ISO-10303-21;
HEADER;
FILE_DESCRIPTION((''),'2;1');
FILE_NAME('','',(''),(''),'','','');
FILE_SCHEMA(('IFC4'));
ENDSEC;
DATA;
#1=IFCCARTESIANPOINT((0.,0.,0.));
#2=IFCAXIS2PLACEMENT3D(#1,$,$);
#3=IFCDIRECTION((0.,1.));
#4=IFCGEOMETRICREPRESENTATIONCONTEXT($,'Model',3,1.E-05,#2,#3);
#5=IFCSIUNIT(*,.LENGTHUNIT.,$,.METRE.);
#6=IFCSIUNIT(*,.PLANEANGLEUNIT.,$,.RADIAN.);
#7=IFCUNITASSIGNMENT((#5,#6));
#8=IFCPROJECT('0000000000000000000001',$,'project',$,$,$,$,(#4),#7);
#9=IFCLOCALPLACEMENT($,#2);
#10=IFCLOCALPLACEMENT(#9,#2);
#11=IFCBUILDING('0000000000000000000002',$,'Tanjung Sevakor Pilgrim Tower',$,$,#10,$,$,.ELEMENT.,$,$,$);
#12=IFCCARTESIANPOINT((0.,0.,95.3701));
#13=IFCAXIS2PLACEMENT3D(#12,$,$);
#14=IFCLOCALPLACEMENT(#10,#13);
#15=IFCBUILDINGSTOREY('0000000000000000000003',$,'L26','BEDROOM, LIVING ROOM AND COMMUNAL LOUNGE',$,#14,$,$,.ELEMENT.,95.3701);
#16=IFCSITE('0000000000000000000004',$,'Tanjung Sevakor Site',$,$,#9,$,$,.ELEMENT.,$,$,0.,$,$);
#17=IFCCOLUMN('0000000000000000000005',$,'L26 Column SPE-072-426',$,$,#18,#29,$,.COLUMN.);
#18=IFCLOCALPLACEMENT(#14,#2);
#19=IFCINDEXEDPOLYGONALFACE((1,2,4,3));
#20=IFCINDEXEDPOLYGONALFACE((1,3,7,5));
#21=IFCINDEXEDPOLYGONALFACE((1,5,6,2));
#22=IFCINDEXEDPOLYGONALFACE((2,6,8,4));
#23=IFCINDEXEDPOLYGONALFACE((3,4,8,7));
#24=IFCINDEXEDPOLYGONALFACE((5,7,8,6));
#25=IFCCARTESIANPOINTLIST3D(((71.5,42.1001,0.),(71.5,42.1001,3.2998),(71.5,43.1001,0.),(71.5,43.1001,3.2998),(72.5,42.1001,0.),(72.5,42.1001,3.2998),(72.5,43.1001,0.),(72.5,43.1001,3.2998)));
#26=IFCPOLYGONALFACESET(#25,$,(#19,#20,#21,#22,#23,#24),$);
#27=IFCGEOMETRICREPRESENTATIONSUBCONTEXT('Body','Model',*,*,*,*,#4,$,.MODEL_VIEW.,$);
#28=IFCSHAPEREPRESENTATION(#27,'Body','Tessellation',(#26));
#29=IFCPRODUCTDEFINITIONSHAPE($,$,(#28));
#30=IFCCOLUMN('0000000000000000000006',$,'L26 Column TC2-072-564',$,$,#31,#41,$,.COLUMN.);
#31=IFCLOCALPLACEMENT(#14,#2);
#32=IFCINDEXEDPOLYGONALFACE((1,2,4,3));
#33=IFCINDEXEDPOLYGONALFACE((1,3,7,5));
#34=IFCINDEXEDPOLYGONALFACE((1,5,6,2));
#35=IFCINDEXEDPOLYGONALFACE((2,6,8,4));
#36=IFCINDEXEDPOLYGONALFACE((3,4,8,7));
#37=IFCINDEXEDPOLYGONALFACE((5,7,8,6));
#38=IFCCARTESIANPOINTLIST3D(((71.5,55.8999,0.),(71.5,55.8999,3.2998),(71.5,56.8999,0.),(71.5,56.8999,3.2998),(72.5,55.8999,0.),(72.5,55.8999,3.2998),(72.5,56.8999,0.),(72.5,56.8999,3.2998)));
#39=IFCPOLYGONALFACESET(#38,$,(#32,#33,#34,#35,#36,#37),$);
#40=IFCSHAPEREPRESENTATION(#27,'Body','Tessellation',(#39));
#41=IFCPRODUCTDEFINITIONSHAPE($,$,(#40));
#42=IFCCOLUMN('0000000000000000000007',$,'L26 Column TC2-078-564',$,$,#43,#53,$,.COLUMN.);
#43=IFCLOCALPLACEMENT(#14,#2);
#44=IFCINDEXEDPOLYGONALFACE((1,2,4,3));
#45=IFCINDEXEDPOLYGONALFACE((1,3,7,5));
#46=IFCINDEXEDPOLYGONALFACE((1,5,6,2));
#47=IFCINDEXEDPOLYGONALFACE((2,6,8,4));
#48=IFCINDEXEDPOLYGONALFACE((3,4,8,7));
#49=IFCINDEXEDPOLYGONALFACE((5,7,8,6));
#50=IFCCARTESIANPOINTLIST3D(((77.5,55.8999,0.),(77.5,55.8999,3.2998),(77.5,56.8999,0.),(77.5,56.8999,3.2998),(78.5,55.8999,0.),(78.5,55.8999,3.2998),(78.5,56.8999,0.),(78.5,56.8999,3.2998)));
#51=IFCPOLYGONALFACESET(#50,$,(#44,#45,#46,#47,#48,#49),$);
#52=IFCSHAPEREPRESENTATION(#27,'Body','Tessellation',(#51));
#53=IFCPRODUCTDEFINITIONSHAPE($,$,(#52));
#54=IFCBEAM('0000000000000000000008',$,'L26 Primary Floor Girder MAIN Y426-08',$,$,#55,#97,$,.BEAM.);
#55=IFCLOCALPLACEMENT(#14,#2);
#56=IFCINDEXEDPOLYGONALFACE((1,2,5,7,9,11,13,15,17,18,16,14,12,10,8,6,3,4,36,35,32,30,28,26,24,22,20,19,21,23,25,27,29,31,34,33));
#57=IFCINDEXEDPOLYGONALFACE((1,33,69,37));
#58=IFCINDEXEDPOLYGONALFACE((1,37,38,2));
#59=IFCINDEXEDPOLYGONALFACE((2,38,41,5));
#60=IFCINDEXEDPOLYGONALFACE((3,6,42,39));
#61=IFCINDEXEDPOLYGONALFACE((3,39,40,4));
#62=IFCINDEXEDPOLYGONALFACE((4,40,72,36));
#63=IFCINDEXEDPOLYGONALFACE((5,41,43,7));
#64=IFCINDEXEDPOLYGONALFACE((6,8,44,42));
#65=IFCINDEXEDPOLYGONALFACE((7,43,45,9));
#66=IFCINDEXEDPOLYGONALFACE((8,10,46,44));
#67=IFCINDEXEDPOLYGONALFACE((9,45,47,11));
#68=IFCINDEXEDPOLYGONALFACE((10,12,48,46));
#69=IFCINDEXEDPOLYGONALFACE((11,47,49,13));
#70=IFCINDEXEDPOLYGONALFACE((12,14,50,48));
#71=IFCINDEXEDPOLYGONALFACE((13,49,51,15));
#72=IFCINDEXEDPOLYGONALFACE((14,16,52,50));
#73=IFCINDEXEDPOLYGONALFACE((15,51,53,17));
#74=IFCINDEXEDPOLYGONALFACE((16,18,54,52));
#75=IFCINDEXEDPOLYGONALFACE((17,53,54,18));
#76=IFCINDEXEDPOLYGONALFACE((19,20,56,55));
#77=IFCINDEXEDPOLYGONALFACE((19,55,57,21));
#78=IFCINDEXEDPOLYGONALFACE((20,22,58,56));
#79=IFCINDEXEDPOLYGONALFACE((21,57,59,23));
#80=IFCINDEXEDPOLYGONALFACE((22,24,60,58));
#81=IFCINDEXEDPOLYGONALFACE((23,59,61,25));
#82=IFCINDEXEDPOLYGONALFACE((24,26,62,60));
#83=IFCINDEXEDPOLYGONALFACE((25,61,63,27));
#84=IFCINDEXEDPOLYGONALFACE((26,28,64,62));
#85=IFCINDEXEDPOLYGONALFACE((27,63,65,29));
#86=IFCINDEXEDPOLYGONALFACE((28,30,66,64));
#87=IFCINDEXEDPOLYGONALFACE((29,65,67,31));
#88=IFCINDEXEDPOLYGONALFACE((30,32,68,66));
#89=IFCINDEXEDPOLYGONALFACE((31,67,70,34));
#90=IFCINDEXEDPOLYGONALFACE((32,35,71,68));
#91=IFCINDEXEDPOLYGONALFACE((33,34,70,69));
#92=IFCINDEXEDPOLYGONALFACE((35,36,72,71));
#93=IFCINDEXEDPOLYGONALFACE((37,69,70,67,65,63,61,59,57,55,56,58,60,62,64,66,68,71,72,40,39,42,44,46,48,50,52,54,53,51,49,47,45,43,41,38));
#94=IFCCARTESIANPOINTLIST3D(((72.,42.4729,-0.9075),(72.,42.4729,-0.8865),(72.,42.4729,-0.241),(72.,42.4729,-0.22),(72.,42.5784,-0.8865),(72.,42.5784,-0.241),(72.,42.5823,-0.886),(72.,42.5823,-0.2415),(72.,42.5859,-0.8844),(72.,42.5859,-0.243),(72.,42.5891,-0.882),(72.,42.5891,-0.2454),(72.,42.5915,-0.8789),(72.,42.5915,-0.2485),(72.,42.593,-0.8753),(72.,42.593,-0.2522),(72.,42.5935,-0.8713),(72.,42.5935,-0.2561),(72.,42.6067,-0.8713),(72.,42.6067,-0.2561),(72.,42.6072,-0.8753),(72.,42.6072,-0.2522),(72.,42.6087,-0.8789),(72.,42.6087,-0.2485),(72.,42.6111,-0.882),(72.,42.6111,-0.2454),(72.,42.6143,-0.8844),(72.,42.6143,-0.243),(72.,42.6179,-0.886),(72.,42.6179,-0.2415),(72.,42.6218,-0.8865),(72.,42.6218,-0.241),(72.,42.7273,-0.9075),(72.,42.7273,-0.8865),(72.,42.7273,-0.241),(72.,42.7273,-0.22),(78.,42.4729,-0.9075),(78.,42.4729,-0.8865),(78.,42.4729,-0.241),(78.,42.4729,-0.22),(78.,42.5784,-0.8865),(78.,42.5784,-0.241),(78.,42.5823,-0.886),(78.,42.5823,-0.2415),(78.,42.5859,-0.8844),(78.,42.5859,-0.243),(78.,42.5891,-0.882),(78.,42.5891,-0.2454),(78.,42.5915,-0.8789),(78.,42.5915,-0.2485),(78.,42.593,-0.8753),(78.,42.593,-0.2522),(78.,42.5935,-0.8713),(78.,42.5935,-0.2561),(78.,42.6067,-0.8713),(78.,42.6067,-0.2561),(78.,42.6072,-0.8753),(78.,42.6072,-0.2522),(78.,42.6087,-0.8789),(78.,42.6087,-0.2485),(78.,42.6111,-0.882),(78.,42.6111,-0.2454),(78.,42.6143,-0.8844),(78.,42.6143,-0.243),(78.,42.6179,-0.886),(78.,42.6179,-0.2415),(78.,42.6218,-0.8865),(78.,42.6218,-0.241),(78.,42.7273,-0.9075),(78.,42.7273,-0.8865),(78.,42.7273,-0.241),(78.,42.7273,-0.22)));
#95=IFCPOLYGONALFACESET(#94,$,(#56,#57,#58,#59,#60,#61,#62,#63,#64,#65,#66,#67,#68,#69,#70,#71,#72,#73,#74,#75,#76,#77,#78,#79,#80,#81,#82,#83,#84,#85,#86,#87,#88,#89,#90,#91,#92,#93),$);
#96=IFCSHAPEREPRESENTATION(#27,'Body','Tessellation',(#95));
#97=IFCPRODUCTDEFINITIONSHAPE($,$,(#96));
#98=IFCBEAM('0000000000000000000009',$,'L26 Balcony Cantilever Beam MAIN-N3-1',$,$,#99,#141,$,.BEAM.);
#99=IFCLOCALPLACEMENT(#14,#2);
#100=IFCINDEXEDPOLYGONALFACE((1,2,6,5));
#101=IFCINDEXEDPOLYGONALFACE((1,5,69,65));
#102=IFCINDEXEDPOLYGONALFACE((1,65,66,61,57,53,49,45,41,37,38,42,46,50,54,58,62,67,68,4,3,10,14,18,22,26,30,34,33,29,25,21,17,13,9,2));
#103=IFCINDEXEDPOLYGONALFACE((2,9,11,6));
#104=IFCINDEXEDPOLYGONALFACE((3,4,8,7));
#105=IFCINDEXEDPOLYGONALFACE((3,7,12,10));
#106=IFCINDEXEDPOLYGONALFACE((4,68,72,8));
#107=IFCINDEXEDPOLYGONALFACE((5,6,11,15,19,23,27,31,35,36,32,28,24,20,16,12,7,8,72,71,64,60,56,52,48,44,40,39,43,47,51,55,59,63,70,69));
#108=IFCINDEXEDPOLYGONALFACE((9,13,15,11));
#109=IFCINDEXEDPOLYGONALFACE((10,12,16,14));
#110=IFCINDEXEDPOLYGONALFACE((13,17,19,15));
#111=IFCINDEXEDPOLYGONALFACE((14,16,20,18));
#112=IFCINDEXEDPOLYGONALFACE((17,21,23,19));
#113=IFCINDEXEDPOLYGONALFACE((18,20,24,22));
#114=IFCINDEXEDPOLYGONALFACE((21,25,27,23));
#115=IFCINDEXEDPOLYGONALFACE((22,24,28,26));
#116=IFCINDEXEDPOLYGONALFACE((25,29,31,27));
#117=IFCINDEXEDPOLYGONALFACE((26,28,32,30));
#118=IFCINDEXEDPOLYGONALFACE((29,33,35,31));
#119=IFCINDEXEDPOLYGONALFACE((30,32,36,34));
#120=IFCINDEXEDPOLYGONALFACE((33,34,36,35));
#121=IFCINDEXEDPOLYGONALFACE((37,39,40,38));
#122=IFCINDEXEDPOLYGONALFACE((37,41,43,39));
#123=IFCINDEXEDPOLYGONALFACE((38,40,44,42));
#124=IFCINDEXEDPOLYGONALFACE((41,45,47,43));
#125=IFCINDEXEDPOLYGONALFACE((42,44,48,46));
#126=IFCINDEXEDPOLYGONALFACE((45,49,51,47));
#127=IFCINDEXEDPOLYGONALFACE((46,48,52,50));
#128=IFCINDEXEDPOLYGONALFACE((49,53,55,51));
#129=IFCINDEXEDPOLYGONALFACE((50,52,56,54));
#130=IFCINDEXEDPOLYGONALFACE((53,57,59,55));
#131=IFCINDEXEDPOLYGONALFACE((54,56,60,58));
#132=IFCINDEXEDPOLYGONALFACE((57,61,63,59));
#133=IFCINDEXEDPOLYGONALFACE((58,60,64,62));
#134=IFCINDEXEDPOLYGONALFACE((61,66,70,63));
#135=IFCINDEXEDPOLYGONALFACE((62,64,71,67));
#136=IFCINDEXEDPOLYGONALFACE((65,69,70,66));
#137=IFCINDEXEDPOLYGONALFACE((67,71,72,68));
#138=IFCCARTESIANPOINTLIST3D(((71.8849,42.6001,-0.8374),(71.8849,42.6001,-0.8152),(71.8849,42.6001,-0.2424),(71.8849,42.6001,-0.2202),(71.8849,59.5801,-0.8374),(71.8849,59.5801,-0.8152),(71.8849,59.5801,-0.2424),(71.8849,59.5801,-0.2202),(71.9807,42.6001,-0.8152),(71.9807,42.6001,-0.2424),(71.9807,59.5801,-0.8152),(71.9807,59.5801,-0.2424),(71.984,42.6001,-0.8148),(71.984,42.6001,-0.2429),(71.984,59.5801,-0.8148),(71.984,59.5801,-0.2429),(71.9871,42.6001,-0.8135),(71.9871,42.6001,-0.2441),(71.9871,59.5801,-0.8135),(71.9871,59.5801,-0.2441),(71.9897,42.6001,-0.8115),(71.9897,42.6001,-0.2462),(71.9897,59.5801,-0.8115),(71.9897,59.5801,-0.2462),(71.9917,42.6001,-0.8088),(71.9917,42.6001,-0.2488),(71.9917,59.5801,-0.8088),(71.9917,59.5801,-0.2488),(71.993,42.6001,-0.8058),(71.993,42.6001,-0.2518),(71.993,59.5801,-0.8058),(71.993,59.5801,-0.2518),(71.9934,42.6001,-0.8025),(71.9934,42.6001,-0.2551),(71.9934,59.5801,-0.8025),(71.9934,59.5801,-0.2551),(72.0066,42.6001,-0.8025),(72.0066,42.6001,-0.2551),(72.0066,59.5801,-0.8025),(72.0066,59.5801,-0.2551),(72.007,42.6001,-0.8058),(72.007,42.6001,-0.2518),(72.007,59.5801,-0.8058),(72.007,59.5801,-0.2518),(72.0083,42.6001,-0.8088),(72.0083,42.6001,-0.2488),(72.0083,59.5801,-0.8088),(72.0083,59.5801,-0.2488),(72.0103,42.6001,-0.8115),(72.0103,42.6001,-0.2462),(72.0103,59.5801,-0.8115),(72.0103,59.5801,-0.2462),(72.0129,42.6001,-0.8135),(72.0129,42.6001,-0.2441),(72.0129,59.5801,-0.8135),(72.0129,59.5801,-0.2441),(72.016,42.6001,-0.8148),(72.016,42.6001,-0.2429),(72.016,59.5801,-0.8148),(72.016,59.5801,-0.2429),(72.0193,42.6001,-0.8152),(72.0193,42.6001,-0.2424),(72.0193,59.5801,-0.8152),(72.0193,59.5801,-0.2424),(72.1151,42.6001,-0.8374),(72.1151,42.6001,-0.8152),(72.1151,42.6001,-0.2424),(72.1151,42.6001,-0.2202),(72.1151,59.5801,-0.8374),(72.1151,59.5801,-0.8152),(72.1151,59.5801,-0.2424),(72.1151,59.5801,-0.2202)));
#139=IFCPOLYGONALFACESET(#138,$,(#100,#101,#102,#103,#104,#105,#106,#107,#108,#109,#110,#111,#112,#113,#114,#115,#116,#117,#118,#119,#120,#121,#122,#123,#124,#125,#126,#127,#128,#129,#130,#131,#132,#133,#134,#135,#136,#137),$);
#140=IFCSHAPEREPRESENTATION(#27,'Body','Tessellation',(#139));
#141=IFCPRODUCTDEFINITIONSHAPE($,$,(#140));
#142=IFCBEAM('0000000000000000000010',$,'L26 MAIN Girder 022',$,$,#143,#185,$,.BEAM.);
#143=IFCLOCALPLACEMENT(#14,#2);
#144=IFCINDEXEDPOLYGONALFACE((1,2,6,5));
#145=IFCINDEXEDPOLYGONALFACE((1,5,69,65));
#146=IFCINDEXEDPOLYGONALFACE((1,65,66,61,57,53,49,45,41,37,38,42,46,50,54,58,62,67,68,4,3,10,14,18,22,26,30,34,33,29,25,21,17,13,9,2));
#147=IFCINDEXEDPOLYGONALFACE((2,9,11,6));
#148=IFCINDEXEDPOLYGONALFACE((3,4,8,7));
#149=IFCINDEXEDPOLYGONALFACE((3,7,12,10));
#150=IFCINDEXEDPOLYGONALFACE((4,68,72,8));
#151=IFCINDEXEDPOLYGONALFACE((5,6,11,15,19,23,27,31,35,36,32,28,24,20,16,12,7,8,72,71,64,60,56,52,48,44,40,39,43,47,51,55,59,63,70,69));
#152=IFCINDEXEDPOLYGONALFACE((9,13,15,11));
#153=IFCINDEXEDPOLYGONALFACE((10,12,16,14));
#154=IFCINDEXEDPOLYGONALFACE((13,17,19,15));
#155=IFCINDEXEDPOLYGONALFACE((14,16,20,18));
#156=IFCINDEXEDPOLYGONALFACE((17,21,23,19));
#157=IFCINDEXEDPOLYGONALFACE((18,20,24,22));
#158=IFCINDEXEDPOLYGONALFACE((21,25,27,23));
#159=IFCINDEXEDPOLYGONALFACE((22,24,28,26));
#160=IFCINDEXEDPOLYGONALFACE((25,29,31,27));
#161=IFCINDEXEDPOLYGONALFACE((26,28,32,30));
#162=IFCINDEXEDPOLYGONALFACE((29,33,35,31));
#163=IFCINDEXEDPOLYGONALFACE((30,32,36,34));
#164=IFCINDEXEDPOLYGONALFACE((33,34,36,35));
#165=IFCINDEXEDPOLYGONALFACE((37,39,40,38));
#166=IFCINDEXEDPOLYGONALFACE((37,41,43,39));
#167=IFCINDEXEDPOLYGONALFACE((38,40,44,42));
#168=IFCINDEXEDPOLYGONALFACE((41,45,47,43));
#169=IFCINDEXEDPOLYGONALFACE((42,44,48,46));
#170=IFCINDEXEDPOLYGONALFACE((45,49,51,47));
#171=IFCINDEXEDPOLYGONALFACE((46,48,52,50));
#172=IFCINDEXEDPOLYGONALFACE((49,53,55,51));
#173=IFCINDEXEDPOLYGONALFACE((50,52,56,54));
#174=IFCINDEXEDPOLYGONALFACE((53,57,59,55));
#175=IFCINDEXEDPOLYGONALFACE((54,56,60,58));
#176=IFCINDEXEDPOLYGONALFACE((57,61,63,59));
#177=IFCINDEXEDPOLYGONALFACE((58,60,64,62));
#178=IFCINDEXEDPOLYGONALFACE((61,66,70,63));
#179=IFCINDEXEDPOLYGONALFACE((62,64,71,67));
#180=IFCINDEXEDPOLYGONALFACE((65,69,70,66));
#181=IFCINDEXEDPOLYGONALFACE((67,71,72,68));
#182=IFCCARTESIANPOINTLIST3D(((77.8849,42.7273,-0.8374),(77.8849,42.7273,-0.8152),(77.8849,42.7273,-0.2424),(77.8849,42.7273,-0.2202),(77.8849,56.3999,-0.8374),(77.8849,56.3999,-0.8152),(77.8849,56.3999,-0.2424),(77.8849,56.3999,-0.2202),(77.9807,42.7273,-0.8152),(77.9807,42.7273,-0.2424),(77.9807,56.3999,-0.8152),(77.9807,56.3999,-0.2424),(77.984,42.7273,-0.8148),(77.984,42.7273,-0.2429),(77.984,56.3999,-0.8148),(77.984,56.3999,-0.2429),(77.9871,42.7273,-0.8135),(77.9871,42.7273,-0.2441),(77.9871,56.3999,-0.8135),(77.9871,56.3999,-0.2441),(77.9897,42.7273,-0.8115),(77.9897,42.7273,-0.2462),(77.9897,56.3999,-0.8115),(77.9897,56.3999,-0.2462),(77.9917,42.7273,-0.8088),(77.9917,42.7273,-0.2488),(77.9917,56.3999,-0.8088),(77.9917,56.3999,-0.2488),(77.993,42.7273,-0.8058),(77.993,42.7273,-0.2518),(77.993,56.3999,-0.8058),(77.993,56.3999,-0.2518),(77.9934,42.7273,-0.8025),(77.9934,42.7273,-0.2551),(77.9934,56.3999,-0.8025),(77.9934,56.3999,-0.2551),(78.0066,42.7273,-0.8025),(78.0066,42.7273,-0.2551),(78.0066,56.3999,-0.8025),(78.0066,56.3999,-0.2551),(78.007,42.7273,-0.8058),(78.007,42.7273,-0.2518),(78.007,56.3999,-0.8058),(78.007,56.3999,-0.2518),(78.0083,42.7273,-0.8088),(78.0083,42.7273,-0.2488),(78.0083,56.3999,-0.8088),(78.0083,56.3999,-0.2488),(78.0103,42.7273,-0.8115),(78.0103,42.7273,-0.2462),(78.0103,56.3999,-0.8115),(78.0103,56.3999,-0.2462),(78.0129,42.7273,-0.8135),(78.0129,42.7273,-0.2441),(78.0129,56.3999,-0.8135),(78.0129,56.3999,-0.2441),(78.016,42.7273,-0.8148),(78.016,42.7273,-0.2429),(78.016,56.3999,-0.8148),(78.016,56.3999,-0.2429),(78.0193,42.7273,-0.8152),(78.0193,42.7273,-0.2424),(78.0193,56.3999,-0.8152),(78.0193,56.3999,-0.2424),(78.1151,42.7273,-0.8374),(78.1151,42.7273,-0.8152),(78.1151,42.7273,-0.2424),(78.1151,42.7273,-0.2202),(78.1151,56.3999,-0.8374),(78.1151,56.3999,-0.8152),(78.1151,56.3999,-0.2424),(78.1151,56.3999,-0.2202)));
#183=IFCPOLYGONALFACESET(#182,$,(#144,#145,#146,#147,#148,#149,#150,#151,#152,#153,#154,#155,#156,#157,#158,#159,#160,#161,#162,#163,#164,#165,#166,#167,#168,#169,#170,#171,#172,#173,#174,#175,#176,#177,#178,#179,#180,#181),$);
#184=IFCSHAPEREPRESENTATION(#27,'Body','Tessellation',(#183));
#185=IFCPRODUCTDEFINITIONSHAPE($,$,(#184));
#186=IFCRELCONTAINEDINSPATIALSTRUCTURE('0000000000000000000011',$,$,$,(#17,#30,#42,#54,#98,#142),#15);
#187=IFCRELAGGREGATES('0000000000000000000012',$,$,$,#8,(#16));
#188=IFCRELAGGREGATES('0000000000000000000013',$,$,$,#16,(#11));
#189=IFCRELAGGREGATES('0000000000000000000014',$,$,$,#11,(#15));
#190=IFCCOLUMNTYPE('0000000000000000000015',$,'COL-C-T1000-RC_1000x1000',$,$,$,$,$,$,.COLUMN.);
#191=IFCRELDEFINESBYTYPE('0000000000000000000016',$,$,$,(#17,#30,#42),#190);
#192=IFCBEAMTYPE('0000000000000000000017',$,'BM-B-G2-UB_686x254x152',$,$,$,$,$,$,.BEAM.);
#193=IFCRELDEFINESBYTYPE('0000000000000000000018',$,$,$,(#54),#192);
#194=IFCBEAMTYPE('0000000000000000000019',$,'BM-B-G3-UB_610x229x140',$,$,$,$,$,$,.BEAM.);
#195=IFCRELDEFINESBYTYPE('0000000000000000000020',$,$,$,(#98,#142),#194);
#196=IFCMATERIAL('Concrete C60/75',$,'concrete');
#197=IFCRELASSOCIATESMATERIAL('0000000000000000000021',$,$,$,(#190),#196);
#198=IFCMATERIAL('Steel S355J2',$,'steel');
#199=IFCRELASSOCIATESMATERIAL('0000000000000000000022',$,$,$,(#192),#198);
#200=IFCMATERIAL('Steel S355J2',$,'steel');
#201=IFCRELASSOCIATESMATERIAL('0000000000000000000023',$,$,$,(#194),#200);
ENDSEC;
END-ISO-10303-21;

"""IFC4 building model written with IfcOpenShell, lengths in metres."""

from ifc_helpers import new_model, si_unit, direction, frame, origin, origin_2d, place, context, subcontext, project, spatial, rectangle, i_section, extrude, material, material_profile, profile_set, type_object, element, save


model = new_model("IFC4")

# Units and contexts
model_context = context("Model", 3, precision=1e-05, world=origin(), true_north=direction((0.0, 1.0)))
body_context = subcontext(model_context, "Body", "Model", "MODEL_VIEW")
ifc_project = project(units=[si_unit("LENGTHUNIT", "METRE"), si_unit("PLANEANGLEUNIT", "RADIAN")], contexts=[model_context])

# Site, building, storey
site_placement = place(None, origin())
site = spatial("IfcSite", under=ifc_project, at=site_placement, Name="Tanjung Sevakor Site", CompositionType="ELEMENT", RefElevation=0.0)
building_placement = place(site_placement, origin())
building = spatial("IfcBuilding", under=site, at=building_placement, Name="Tanjung Sevakor Pilgrim Tower", CompositionType="ELEMENT")
storey_placement = place(building_placement, frame((0.0, 0.0, 95.3701)))
storey = spatial("IfcBuildingStorey", under=building, at=storey_placement, Name="L26", Description="BEDROOM, LIVING ROOM AND COMMUNAL LOUNGE", CompositionType="ELEMENT", Elevation=95.3701)

# Columns
ifc_material_1 = material(Name="Concrete C60/75", Category="concrete")
ifc_material_profile_1 = material_profile(ifc_material_1, rectangle(XDim=1.0, YDim=1.0, at=origin_2d()))
ifc_profile_set_1 = profile_set([ifc_material_profile_1], Name="Concrete C60/75")
column_type = type_object("IfcColumnType", Name="COL-C-T1000-RC_1000x1000", PredefinedType="COLUMN", material=ifc_profile_set_1)
for number, where, z_axis, x_axis, name in (
    (1, (72.0, 42.6001, 0.0), (0.0, 0.0, 1.0), (1.0, 0.0, 0.0), "L26 Column SPE-072-426"),
    (2, (72.0, 56.3999, 0.0), (0.0, 0.0, 1.0), (1.0, 0.0, 0.0), "L26 Column TC2-072-564"),
    (3, (78.0, 56.3999, 0.0), (0.0, 0.0, 1.0), (1.0, 0.0, 0.0), "L26 Column TC2-078-564"),
):
    element("IfcColumn", number, at=place(storey_placement, frame(where, z_axis=z_axis, x_axis=x_axis)), inside=storey, type_object=column_type, Name=name, PredefinedType="COLUMN", context=body_context, shape_type="SweptSolid", body=[
        extrude(rectangle(XDim=1.0, YDim=1.0, at=origin_2d()), origin(), (0.0, 0.0, 1.0), 3.2998),
    ])

# Beams
ifc_material_2 = material(Name="Steel S355J2", Category="steel")
ifc_material_profile_2 = material_profile(ifc_material_2, i_section(OverallWidth=0.2544, OverallDepth=0.6875, WebThickness=0.0132, FlangeThickness=0.021, FilletRadius=0.0151, at=origin_2d()))
ifc_profile_set_2 = profile_set([ifc_material_profile_2], Name="Steel S355J2")
beam_type_1 = type_object("IfcBeamType", Name="BM-B-G2-UB_686x254x152", PredefinedType="BEAM", material=ifc_profile_set_2)
beam_1_placement = place(storey_placement, frame((72.0, 42.6001, -0.5637), z_axis=(1.0, 0.0, 0.0), x_axis=(0.0, 1.0, 0.0)))
element("IfcBeam", 4, at=beam_1_placement, inside=storey, type_object=beam_type_1, Name="L26 Primary Floor Girder MAIN Y426-08", PredefinedType="BEAM", context=body_context, shape_type="SweptSolid", body=[
    extrude(i_section(OverallWidth=0.2544, OverallDepth=0.6875, WebThickness=0.0132, FlangeThickness=0.021, FilletRadius=0.0151, at=origin_2d()), origin(), (0.0, 0.0, 1.0), 6.0),
])
ifc_material_3 = material(Name="Steel S355J2", Category="steel")
ifc_material_profile_3 = material_profile(ifc_material_3, i_section(OverallWidth=0.2302, OverallDepth=0.6172, WebThickness=0.0132, FlangeThickness=0.0222, FilletRadius=0.0127, at=origin_2d()))
ifc_profile_set_3 = profile_set([ifc_material_profile_3], Name="Steel S355J2")
beam_type_2 = type_object("IfcBeamType", Name="BM-B-G3-UB_610x229x140", PredefinedType="BEAM", material=ifc_profile_set_3)
beam_2_placement = place(storey_placement, frame((72.0, 42.6001, -0.5288), z_axis=(0.0, 1.0, 0.0), x_axis=(-1.0, 0.0, 0.0)))
element("IfcBeam", 5, at=beam_2_placement, inside=storey, type_object=beam_type_2, Name="L26 Balcony Cantilever Beam MAIN-N3-1", PredefinedType="BEAM", context=body_context, shape_type="SweptSolid", body=[
    extrude(i_section(OverallWidth=0.2302, OverallDepth=0.6172, WebThickness=0.0132, FlangeThickness=0.0222, FilletRadius=0.0127, at=origin_2d()), origin(), (0.0, 0.0, 1.0), 16.98),
])
beam_3_placement = place(storey_placement, frame((78.0, 42.7273, -0.5288), z_axis=(0.0, 1.0, 0.0), x_axis=(-1.0, 0.0, 0.0)))
element("IfcBeam", 6, at=beam_3_placement, inside=storey, type_object=beam_type_2, Name="L26 MAIN Girder 022", PredefinedType="BEAM", context=body_context, shape_type="SweptSolid", body=[
    extrude(i_section(OverallWidth=0.2302, OverallDepth=0.6172, WebThickness=0.0132, FlangeThickness=0.0222, FilletRadius=0.0127, at=origin_2d()), origin(), (0.0, 0.0, 1.0), 13.6726),
])

save(model, "model.ifc")
